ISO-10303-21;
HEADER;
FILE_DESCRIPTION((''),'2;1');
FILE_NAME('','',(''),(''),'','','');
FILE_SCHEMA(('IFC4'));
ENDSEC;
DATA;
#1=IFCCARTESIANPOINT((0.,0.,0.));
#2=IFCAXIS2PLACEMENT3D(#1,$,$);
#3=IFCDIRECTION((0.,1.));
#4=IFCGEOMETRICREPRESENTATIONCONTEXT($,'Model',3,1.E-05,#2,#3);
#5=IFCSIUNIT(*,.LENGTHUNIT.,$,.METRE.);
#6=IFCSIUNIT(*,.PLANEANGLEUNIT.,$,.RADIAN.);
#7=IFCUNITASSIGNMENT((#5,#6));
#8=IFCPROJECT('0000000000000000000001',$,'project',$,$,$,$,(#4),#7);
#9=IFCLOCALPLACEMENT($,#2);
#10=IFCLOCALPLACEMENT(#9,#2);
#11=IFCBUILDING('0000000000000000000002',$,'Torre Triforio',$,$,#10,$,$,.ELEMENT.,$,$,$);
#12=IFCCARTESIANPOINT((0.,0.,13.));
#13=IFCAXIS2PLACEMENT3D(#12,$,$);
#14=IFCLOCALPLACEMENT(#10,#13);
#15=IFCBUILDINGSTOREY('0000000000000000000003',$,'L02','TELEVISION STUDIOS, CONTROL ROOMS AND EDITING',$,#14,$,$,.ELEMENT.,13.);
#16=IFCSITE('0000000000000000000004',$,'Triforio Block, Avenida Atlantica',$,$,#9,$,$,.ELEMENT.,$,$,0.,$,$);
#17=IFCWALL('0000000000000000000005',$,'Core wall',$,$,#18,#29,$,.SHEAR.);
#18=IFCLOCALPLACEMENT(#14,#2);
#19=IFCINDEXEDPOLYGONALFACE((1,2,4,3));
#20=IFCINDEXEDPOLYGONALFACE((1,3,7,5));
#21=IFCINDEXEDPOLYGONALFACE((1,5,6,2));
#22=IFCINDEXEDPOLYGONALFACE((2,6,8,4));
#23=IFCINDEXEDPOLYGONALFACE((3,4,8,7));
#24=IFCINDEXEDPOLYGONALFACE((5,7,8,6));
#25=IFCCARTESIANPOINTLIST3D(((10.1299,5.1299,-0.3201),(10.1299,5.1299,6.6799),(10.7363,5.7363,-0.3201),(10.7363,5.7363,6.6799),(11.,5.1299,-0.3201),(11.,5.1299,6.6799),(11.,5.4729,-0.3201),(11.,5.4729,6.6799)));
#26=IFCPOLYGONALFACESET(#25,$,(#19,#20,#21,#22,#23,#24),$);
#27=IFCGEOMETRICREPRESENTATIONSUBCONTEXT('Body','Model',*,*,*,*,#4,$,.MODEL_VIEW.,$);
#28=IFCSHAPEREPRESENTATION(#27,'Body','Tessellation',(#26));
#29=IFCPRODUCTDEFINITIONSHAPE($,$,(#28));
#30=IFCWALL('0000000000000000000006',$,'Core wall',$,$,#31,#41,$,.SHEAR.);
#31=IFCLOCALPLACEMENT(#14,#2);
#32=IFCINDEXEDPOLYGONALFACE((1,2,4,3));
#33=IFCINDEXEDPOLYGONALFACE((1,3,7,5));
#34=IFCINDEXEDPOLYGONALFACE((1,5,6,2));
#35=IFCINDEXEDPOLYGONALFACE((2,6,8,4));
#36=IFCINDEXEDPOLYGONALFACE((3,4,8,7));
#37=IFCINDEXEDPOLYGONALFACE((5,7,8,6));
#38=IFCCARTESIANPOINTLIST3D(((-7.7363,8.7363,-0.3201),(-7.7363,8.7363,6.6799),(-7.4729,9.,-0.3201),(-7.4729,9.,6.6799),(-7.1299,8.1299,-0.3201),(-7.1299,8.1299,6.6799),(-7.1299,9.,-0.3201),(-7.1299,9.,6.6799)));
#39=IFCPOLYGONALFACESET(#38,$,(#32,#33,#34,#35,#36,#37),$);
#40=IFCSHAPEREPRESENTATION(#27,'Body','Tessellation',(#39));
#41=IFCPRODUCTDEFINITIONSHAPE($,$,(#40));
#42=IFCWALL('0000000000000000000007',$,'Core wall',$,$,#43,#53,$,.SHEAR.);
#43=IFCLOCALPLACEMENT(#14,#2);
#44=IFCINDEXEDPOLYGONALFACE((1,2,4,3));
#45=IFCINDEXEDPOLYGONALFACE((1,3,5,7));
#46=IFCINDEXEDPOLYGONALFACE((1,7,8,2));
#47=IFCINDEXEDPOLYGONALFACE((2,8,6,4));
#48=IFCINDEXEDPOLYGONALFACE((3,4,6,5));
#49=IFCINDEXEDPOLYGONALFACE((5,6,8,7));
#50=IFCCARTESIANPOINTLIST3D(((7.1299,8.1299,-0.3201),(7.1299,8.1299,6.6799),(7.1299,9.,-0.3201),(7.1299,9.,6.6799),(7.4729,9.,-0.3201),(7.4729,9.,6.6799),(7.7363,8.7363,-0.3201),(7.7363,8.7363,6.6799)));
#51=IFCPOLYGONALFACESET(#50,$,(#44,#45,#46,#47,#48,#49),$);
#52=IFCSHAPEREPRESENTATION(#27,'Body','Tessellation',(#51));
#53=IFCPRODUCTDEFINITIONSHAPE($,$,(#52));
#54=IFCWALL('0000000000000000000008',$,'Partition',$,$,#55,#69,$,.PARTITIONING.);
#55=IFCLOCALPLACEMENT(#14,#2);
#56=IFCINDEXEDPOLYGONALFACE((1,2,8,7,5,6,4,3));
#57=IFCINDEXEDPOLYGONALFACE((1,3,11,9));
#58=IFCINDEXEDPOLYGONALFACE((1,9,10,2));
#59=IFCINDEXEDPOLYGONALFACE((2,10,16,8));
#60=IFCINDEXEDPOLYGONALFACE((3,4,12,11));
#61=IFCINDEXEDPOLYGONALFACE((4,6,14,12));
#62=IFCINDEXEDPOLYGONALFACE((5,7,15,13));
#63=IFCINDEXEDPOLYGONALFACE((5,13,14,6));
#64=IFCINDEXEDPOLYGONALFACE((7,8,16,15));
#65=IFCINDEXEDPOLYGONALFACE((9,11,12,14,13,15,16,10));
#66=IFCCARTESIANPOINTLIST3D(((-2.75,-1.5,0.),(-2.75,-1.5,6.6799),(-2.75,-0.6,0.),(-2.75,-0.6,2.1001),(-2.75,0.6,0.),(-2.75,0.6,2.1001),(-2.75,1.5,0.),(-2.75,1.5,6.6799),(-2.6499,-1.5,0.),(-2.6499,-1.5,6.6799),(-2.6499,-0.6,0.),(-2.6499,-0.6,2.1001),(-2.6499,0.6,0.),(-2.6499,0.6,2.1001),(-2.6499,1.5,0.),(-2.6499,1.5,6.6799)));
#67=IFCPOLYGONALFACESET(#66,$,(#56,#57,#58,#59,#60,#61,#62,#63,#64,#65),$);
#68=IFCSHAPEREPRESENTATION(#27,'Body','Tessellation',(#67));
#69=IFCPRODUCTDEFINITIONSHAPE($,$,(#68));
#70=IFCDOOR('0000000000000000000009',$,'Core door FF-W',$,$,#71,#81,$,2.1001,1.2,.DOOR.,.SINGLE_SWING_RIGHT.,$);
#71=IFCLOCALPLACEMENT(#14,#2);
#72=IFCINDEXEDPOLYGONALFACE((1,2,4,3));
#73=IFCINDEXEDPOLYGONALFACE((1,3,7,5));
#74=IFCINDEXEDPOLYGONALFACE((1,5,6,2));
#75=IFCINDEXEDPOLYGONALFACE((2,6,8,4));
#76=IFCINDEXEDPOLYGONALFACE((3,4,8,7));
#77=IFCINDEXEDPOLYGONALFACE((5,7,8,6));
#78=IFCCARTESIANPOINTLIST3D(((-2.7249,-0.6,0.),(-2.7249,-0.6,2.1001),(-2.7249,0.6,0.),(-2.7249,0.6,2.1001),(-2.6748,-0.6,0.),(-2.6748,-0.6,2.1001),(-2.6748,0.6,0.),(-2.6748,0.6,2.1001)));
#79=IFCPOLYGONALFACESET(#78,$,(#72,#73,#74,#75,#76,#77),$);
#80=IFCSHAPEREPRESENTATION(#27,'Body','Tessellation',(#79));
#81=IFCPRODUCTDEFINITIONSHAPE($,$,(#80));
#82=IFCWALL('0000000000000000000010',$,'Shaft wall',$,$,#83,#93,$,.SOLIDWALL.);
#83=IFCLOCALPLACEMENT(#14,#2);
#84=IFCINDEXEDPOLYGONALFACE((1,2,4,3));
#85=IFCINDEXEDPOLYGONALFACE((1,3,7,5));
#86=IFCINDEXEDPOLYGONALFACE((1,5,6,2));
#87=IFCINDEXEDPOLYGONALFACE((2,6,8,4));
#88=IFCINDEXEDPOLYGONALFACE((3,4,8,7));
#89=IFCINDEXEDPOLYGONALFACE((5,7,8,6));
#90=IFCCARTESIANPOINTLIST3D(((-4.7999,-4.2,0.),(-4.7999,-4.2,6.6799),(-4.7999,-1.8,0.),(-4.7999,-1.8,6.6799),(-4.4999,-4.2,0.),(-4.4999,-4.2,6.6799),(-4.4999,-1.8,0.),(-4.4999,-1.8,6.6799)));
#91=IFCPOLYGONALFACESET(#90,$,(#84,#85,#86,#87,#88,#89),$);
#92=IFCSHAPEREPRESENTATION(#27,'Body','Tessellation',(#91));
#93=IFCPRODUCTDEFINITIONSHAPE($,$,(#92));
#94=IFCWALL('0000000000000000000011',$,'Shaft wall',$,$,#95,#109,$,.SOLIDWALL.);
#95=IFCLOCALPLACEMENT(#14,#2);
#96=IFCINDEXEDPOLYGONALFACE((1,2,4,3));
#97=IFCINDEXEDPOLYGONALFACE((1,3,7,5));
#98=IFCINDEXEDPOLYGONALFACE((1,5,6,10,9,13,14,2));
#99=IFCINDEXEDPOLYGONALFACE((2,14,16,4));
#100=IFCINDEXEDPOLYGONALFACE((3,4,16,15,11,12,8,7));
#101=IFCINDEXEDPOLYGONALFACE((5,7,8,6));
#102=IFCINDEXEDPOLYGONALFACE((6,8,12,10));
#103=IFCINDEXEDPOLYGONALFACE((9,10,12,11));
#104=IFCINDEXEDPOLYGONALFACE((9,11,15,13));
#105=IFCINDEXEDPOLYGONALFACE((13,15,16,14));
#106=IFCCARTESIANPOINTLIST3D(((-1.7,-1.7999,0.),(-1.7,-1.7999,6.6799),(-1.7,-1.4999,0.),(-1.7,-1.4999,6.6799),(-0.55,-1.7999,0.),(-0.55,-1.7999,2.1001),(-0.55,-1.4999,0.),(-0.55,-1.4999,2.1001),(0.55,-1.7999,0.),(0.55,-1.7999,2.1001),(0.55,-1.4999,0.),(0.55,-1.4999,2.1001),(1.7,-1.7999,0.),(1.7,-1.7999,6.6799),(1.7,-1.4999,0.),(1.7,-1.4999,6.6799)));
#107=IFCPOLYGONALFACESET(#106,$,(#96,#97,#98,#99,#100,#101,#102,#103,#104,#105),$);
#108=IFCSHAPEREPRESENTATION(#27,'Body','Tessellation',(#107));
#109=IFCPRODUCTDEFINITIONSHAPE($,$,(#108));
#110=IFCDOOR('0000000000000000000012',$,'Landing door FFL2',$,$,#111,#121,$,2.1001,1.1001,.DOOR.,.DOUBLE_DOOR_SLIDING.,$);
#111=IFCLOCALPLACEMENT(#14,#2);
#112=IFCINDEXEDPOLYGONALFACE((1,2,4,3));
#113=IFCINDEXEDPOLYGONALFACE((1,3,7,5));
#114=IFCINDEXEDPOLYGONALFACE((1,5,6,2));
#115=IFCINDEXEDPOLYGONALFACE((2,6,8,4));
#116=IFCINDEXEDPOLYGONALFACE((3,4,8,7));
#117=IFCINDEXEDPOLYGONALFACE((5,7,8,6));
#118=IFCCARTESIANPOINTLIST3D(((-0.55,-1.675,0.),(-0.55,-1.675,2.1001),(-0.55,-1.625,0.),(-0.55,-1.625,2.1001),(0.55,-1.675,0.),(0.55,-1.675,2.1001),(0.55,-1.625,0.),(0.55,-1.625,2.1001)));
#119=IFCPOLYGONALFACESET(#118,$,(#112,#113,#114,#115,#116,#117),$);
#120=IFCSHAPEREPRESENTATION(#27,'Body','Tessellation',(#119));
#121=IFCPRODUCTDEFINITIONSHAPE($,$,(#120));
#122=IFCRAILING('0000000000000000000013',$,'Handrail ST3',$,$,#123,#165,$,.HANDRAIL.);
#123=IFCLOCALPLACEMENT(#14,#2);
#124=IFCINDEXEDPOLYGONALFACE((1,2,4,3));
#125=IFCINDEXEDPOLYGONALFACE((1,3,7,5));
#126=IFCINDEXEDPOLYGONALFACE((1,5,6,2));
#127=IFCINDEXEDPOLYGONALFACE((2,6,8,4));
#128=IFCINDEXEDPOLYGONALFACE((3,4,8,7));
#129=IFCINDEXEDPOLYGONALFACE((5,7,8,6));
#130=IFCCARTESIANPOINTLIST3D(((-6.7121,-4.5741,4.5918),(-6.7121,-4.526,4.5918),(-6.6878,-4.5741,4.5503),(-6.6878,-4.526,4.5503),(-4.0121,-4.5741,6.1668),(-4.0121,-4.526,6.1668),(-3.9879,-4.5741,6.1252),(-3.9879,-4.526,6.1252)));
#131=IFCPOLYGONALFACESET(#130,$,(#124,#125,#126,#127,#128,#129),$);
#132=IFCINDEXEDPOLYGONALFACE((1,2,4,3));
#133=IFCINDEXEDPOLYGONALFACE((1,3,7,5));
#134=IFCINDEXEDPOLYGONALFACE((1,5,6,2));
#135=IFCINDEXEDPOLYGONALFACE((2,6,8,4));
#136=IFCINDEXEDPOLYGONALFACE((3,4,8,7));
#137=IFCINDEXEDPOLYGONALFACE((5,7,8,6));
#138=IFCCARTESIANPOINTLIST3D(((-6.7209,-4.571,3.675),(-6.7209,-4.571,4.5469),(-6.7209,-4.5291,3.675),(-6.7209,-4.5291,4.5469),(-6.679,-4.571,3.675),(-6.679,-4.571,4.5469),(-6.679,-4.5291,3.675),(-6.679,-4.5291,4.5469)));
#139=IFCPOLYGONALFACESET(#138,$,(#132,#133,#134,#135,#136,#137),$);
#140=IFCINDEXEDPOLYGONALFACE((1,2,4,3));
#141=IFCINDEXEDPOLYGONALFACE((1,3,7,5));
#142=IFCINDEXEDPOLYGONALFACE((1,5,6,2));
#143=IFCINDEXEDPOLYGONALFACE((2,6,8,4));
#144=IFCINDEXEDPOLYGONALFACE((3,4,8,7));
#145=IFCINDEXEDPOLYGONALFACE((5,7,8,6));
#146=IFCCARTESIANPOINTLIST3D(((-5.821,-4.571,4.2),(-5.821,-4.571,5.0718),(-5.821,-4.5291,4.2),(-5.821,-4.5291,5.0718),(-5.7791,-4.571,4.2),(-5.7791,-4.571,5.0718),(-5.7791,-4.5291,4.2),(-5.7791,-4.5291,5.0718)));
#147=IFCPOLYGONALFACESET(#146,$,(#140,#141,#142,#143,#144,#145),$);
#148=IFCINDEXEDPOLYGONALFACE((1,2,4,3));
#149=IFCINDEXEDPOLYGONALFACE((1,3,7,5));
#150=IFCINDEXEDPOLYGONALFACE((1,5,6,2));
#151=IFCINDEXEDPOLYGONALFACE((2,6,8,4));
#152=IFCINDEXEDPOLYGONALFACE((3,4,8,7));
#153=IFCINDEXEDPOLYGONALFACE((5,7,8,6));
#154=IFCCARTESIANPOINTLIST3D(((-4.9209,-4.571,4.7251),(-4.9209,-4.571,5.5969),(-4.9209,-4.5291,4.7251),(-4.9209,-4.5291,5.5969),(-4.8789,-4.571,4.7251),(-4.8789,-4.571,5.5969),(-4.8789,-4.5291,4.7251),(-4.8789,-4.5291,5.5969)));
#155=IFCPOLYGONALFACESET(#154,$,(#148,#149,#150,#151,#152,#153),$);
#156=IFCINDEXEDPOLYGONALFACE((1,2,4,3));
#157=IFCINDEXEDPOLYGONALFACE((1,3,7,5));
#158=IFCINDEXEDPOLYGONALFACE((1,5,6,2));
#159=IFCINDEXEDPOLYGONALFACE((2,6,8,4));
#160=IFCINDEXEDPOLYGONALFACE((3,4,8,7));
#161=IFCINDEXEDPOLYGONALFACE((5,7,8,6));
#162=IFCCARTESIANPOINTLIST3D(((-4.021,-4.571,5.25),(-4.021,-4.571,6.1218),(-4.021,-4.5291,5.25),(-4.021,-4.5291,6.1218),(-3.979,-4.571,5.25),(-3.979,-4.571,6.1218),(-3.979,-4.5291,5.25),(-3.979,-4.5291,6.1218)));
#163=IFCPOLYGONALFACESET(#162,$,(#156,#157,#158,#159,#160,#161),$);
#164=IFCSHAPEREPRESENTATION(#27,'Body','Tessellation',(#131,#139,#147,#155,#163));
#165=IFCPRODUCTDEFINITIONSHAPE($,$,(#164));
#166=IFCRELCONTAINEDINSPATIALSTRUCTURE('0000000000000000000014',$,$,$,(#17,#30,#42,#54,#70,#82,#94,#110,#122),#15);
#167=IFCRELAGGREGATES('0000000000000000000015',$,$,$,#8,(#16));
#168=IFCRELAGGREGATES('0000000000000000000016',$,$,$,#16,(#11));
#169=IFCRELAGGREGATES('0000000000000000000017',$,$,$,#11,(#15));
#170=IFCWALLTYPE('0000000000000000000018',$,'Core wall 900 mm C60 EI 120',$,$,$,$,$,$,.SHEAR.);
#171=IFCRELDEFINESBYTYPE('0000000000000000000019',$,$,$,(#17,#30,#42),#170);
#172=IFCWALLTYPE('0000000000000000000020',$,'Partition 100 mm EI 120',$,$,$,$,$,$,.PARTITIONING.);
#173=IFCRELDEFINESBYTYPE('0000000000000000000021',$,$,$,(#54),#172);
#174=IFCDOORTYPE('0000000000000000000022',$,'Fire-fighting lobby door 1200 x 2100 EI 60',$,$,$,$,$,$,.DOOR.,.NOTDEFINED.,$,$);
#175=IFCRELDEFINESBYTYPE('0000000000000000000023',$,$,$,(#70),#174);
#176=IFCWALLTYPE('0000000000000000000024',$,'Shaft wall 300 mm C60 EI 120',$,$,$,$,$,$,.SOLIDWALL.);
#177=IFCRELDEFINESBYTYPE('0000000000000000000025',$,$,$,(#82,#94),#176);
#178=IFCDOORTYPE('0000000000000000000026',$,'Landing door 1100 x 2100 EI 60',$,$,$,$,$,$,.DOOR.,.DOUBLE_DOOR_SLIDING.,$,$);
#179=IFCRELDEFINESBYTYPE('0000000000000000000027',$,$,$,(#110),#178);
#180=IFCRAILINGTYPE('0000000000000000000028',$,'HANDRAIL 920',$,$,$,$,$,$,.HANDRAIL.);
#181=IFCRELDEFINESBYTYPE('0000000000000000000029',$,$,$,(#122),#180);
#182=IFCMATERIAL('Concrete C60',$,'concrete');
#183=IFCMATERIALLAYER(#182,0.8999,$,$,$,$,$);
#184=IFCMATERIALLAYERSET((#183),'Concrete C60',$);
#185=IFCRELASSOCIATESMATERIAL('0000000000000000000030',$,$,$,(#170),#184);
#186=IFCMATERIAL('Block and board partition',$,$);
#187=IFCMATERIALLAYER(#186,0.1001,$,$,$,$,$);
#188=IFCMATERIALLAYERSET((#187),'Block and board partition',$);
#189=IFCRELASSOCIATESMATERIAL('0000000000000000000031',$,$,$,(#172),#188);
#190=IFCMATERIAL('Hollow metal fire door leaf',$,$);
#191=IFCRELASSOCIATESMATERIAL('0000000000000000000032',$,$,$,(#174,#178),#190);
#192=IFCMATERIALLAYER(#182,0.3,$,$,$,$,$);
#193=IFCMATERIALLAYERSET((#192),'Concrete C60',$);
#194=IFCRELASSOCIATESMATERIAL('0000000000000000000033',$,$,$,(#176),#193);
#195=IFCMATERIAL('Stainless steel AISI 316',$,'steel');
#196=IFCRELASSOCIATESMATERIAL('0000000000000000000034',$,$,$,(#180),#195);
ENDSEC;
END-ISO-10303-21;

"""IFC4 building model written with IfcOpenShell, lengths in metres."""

from ifc_helpers import new_model, si_unit, direction, frame, frame_2d, origin, origin_2d, place, context, subcontext, project, spatial, polyline, rectangle, outline, extrude, material, layer, layer_set, type_object, element, fill, save


model = new_model("IFC4")

# Units and contexts
model_context = context("Model", 3, precision=1e-05, world=origin(), true_north=direction((0.0, 1.0)))
body_context = subcontext(model_context, "Body", "Model", "MODEL_VIEW")
ifc_project = project(units=[si_unit("LENGTHUNIT", "METRE"), si_unit("PLANEANGLEUNIT", "RADIAN")], contexts=[model_context])

# Site, building, storey
site_placement = place(None, origin())
site = spatial("IfcSite", under=ifc_project, at=site_placement, Name="Triforio Block, Avenida Atlantica", CompositionType="ELEMENT", RefElevation=0.0)
building_placement = place(site_placement, origin())
building = spatial("IfcBuilding", under=site, at=building_placement, Name="Torre Triforio", CompositionType="ELEMENT")
storey_placement = place(building_placement, frame((0.0, 0.0, 13.0)))
storey = spatial("IfcBuildingStorey", under=building, at=storey_placement, Name="L02", Description="TELEVISION STUDIOS, CONTROL ROOMS AND EDITING", CompositionType="ELEMENT", Elevation=13.0)

# Shared definitions
ifc_material_1 = material(Name="Concrete C60", Category="concrete")

# Walls
ifc_layer_1 = layer(ifc_material_1, 0.8999)
ifc_layer_set_1 = layer_set([ifc_layer_1], Name="Concrete C60")
wall_type_1 = type_object("IfcWallType", Name="Core wall 900 mm C60 EI 120", PredefinedType="SHEAR", material=ifc_layer_set_1)
wall_1_placement = place(storey_placement, frame((0.0, 0.0, -0.3201)))
element("IfcWall", 1, at=wall_1_placement, inside=storey, type_object=wall_type_1, Name="Core wall", PredefinedType="SHEAR", context=body_context, shape_type="SweptSolid", body=[
    extrude(outline(polyline([(11.0, 5.4729), (11.0, 5.1299), (10.1299, 5.1299), (10.7363, 5.7363), (11.0, 5.4729)])), origin(), (0.0, 0.0, 1.0), 7.0),
])
wall_2_placement = place(storey_placement, frame((0.0, 0.0, -0.3201)))
element("IfcWall", 2, at=wall_2_placement, inside=storey, type_object=wall_type_1, Name="Core wall", PredefinedType="SHEAR", context=body_context, shape_type="SweptSolid", body=[
    extrude(outline(polyline([(-7.4729, 9.0), (-7.1299, 9.0), (-7.1299, 8.1299), (-7.7363, 8.7363), (-7.4729, 9.0)])), origin(), (0.0, 0.0, 1.0), 7.0),
])
wall_3_placement = place(storey_placement, frame((0.0, 0.0, -0.3201)))
element("IfcWall", 3, at=wall_3_placement, inside=storey, type_object=wall_type_1, Name="Core wall", PredefinedType="SHEAR", context=body_context, shape_type="SweptSolid", body=[
    extrude(outline(polyline([(7.4729, 9.0), (7.7363, 8.7363), (7.1299, 8.1299), (7.1299, 9.0), (7.4729, 9.0)])), origin(), (0.0, 0.0, 1.0), 7.0),
])

# Wall, opening, door
ifc_material_2 = material(Name="Block and board partition")
ifc_layer_2 = layer(ifc_material_2, 0.1001)
ifc_layer_set_2 = layer_set([ifc_layer_2], Name="Block and board partition")
wall_type_2 = type_object("IfcWallType", Name="Partition 100 mm EI 120", PredefinedType="PARTITIONING", material=ifc_layer_set_2)
wall_4_placement = place(storey_placement, frame((-2.7, -1.5, 0.0), z_axis=(0.0, 0.0, 1.0), x_axis=(0.0, 1.0, 0.0)))
wall_4 = element("IfcWall", 4, at=wall_4_placement, inside=storey, type_object=wall_type_2, Name="Partition", PredefinedType="PARTITIONING", context=body_context, shape_type="SweptSolid", body=[
    extrude(rectangle(XDim=3.0, YDim=0.1001, at=frame_2d((1.5, 0.0))), origin(), (0.0, 0.0, 1.0), 6.6799),
])
opening_1_placement = place(wall_4_placement, frame((0.8999, 0.0, 0.0)))
opening_1 = element("IfcOpeningElement", 5, at=opening_1_placement, cuts=wall_4, PredefinedType="OPENING", context=body_context, shape_type="SweptSolid", body=[
    extrude(rectangle(XDim=1.2, YDim=2.1001, at=frame_2d((0.6001, 1.05))), frame((0.0, 0.0601, 0.0), z_axis=(0.0, -1.0, 0.0), x_axis=(1.0, 0.0, 0.0)), (0.0, 0.0, 1.0), 0.1201),
])
ifc_material_3 = material(Name="Hollow metal fire door leaf")
door_type_1 = type_object("IfcDoorType", Name="Fire-fighting lobby door 1200 x 2100 EI 60", OperationType="NOTDEFINED", PredefinedType="DOOR", material=ifc_material_3)
door_1_placement = place(opening_1_placement, origin())
door_1 = element("IfcDoor", 6, at=door_1_placement, inside=storey, type_object=door_type_1, Name="Core door FF-W", OperationType="SINGLE_SWING_RIGHT", OverallHeight=2.1001, OverallWidth=1.2, PredefinedType="DOOR", context=body_context, shape_type="SweptSolid", body=[
    extrude(rectangle(XDim=1.2, YDim=2.1001, at=frame_2d((0.6001, 1.05))), frame((0.0, 0.0249, 0.0), z_axis=(0.0, -1.0, 0.0), x_axis=(1.0, 0.0, 0.0)), (0.0, 0.0, 1.0), 0.05),
])
fill(opening_1, door_1)

# Wall
ifc_layer_3 = layer(ifc_material_1, 0.3)
ifc_layer_set_3 = layer_set([ifc_layer_3], Name="Concrete C60")
wall_type_3 = type_object("IfcWallType", Name="Shaft wall 300 mm C60 EI 120", PredefinedType="SOLIDWALL", material=ifc_layer_set_3)
wall_5_placement = place(storey_placement, frame((-4.6499, -4.2, 0.0), z_axis=(0.0, 0.0, 1.0), x_axis=(0.0, 1.0, 0.0)))
element("IfcWall", 7, at=wall_5_placement, inside=storey, type_object=wall_type_3, Name="Shaft wall", PredefinedType="SOLIDWALL", context=body_context, shape_type="SweptSolid", body=[
    extrude(rectangle(XDim=2.3999, YDim=0.3, at=frame_2d((1.2, 0.0))), origin(), (0.0, 0.0, 1.0), 6.6799),
])

# Wall, opening, door
wall_6_placement = place(storey_placement, frame((-1.7, -1.6499, 0.0), z_axis=(0.0, 0.0, 1.0), x_axis=(1.0, 0.0, 0.0)))
wall_6 = element("IfcWall", 8, at=wall_6_placement, inside=storey, type_object=wall_type_3, Name="Shaft wall", PredefinedType="SOLIDWALL", context=body_context, shape_type="SweptSolid", body=[
    extrude(rectangle(XDim=3.3999, YDim=0.3, at=frame_2d((1.7, 0.0))), origin(), (0.0, 0.0, 1.0), 6.6799),
])
opening_2_placement = place(wall_6_placement, frame((1.1499, 0.0, 0.0)))
opening_2 = element("IfcOpeningElement", 9, at=opening_2_placement, cuts=wall_6, PredefinedType="OPENING", context=body_context, shape_type="SweptSolid", body=[
    extrude(rectangle(XDim=1.1001, YDim=2.1001, at=frame_2d((0.55, 1.05))), frame((0.0, 0.1599, 0.0), z_axis=(0.0, -1.0, 0.0), x_axis=(1.0, 0.0, 0.0)), (0.0, 0.0, 1.0), 0.3201),
])
door_type_2 = type_object("IfcDoorType", Name="Landing door 1100 x 2100 EI 60", OperationType="DOUBLE_DOOR_SLIDING", PredefinedType="DOOR", material=ifc_material_3)
door_2_placement = place(opening_2_placement, origin())
door_2 = element("IfcDoor", 10, at=door_2_placement, inside=storey, type_object=door_type_2, Name="Landing door FFL2", OperationType="DOUBLE_DOOR_SLIDING", OverallHeight=2.1001, OverallWidth=1.1001, PredefinedType="DOOR", context=body_context, shape_type="SweptSolid", body=[
    extrude(rectangle(XDim=1.1001, YDim=2.1001, at=frame_2d((0.55, 1.05))), frame((0.0, 0.0249, 0.0), z_axis=(0.0, -1.0, 0.0), x_axis=(1.0, 0.0, 0.0)), (0.0, 0.0, 1.0), 0.05),
])
fill(opening_2, door_2)

# Railing
ifc_material_4 = material(Name="Stainless steel AISI 316", Category="steel")
railing_type = type_object("IfcRailingType", Name="HANDRAIL 920", PredefinedType="HANDRAIL", material=ifc_material_4)
railing_placement = place(storey_placement, frame((-6.7, -4.55, 3.675)))
element("IfcRailing", 11, at=railing_placement, inside=storey, type_object=railing_type, Name="Handrail ST3", PredefinedType="HANDRAIL", context=body_context, shape_type="SweptSolid", body=[
    extrude(rectangle(XDim=0.0481, YDim=0.0481, at=origin_2d()), frame((0.0, 0.0, 0.896), z_axis=(0.863782, 0.0, 0.503866), x_axis=(0.0, 1.0, 0.0)), (0.0, 0.0, 1.0), 3.1257),
    extrude(rectangle(XDim=0.042, YDim=0.042, at=origin_2d()), origin(), (0.0, 0.0, 1.0), 0.8718),
    extrude(rectangle(XDim=0.042, YDim=0.042, at=origin_2d()), frame((0.8999, 0.0, 0.5249)), (0.0, 0.0, 1.0), 0.8718),
    extrude(rectangle(XDim=0.042, YDim=0.042, at=origin_2d()), frame((1.8, 0.0, 1.05)), (0.0, 0.0, 1.0), 0.8718),
    extrude(rectangle(XDim=0.042, YDim=0.042, at=origin_2d()), frame((2.7, 0.0, 1.575)), (0.0, 0.0, 1.0), 0.8718),
])

save(model, "model.ifc")
